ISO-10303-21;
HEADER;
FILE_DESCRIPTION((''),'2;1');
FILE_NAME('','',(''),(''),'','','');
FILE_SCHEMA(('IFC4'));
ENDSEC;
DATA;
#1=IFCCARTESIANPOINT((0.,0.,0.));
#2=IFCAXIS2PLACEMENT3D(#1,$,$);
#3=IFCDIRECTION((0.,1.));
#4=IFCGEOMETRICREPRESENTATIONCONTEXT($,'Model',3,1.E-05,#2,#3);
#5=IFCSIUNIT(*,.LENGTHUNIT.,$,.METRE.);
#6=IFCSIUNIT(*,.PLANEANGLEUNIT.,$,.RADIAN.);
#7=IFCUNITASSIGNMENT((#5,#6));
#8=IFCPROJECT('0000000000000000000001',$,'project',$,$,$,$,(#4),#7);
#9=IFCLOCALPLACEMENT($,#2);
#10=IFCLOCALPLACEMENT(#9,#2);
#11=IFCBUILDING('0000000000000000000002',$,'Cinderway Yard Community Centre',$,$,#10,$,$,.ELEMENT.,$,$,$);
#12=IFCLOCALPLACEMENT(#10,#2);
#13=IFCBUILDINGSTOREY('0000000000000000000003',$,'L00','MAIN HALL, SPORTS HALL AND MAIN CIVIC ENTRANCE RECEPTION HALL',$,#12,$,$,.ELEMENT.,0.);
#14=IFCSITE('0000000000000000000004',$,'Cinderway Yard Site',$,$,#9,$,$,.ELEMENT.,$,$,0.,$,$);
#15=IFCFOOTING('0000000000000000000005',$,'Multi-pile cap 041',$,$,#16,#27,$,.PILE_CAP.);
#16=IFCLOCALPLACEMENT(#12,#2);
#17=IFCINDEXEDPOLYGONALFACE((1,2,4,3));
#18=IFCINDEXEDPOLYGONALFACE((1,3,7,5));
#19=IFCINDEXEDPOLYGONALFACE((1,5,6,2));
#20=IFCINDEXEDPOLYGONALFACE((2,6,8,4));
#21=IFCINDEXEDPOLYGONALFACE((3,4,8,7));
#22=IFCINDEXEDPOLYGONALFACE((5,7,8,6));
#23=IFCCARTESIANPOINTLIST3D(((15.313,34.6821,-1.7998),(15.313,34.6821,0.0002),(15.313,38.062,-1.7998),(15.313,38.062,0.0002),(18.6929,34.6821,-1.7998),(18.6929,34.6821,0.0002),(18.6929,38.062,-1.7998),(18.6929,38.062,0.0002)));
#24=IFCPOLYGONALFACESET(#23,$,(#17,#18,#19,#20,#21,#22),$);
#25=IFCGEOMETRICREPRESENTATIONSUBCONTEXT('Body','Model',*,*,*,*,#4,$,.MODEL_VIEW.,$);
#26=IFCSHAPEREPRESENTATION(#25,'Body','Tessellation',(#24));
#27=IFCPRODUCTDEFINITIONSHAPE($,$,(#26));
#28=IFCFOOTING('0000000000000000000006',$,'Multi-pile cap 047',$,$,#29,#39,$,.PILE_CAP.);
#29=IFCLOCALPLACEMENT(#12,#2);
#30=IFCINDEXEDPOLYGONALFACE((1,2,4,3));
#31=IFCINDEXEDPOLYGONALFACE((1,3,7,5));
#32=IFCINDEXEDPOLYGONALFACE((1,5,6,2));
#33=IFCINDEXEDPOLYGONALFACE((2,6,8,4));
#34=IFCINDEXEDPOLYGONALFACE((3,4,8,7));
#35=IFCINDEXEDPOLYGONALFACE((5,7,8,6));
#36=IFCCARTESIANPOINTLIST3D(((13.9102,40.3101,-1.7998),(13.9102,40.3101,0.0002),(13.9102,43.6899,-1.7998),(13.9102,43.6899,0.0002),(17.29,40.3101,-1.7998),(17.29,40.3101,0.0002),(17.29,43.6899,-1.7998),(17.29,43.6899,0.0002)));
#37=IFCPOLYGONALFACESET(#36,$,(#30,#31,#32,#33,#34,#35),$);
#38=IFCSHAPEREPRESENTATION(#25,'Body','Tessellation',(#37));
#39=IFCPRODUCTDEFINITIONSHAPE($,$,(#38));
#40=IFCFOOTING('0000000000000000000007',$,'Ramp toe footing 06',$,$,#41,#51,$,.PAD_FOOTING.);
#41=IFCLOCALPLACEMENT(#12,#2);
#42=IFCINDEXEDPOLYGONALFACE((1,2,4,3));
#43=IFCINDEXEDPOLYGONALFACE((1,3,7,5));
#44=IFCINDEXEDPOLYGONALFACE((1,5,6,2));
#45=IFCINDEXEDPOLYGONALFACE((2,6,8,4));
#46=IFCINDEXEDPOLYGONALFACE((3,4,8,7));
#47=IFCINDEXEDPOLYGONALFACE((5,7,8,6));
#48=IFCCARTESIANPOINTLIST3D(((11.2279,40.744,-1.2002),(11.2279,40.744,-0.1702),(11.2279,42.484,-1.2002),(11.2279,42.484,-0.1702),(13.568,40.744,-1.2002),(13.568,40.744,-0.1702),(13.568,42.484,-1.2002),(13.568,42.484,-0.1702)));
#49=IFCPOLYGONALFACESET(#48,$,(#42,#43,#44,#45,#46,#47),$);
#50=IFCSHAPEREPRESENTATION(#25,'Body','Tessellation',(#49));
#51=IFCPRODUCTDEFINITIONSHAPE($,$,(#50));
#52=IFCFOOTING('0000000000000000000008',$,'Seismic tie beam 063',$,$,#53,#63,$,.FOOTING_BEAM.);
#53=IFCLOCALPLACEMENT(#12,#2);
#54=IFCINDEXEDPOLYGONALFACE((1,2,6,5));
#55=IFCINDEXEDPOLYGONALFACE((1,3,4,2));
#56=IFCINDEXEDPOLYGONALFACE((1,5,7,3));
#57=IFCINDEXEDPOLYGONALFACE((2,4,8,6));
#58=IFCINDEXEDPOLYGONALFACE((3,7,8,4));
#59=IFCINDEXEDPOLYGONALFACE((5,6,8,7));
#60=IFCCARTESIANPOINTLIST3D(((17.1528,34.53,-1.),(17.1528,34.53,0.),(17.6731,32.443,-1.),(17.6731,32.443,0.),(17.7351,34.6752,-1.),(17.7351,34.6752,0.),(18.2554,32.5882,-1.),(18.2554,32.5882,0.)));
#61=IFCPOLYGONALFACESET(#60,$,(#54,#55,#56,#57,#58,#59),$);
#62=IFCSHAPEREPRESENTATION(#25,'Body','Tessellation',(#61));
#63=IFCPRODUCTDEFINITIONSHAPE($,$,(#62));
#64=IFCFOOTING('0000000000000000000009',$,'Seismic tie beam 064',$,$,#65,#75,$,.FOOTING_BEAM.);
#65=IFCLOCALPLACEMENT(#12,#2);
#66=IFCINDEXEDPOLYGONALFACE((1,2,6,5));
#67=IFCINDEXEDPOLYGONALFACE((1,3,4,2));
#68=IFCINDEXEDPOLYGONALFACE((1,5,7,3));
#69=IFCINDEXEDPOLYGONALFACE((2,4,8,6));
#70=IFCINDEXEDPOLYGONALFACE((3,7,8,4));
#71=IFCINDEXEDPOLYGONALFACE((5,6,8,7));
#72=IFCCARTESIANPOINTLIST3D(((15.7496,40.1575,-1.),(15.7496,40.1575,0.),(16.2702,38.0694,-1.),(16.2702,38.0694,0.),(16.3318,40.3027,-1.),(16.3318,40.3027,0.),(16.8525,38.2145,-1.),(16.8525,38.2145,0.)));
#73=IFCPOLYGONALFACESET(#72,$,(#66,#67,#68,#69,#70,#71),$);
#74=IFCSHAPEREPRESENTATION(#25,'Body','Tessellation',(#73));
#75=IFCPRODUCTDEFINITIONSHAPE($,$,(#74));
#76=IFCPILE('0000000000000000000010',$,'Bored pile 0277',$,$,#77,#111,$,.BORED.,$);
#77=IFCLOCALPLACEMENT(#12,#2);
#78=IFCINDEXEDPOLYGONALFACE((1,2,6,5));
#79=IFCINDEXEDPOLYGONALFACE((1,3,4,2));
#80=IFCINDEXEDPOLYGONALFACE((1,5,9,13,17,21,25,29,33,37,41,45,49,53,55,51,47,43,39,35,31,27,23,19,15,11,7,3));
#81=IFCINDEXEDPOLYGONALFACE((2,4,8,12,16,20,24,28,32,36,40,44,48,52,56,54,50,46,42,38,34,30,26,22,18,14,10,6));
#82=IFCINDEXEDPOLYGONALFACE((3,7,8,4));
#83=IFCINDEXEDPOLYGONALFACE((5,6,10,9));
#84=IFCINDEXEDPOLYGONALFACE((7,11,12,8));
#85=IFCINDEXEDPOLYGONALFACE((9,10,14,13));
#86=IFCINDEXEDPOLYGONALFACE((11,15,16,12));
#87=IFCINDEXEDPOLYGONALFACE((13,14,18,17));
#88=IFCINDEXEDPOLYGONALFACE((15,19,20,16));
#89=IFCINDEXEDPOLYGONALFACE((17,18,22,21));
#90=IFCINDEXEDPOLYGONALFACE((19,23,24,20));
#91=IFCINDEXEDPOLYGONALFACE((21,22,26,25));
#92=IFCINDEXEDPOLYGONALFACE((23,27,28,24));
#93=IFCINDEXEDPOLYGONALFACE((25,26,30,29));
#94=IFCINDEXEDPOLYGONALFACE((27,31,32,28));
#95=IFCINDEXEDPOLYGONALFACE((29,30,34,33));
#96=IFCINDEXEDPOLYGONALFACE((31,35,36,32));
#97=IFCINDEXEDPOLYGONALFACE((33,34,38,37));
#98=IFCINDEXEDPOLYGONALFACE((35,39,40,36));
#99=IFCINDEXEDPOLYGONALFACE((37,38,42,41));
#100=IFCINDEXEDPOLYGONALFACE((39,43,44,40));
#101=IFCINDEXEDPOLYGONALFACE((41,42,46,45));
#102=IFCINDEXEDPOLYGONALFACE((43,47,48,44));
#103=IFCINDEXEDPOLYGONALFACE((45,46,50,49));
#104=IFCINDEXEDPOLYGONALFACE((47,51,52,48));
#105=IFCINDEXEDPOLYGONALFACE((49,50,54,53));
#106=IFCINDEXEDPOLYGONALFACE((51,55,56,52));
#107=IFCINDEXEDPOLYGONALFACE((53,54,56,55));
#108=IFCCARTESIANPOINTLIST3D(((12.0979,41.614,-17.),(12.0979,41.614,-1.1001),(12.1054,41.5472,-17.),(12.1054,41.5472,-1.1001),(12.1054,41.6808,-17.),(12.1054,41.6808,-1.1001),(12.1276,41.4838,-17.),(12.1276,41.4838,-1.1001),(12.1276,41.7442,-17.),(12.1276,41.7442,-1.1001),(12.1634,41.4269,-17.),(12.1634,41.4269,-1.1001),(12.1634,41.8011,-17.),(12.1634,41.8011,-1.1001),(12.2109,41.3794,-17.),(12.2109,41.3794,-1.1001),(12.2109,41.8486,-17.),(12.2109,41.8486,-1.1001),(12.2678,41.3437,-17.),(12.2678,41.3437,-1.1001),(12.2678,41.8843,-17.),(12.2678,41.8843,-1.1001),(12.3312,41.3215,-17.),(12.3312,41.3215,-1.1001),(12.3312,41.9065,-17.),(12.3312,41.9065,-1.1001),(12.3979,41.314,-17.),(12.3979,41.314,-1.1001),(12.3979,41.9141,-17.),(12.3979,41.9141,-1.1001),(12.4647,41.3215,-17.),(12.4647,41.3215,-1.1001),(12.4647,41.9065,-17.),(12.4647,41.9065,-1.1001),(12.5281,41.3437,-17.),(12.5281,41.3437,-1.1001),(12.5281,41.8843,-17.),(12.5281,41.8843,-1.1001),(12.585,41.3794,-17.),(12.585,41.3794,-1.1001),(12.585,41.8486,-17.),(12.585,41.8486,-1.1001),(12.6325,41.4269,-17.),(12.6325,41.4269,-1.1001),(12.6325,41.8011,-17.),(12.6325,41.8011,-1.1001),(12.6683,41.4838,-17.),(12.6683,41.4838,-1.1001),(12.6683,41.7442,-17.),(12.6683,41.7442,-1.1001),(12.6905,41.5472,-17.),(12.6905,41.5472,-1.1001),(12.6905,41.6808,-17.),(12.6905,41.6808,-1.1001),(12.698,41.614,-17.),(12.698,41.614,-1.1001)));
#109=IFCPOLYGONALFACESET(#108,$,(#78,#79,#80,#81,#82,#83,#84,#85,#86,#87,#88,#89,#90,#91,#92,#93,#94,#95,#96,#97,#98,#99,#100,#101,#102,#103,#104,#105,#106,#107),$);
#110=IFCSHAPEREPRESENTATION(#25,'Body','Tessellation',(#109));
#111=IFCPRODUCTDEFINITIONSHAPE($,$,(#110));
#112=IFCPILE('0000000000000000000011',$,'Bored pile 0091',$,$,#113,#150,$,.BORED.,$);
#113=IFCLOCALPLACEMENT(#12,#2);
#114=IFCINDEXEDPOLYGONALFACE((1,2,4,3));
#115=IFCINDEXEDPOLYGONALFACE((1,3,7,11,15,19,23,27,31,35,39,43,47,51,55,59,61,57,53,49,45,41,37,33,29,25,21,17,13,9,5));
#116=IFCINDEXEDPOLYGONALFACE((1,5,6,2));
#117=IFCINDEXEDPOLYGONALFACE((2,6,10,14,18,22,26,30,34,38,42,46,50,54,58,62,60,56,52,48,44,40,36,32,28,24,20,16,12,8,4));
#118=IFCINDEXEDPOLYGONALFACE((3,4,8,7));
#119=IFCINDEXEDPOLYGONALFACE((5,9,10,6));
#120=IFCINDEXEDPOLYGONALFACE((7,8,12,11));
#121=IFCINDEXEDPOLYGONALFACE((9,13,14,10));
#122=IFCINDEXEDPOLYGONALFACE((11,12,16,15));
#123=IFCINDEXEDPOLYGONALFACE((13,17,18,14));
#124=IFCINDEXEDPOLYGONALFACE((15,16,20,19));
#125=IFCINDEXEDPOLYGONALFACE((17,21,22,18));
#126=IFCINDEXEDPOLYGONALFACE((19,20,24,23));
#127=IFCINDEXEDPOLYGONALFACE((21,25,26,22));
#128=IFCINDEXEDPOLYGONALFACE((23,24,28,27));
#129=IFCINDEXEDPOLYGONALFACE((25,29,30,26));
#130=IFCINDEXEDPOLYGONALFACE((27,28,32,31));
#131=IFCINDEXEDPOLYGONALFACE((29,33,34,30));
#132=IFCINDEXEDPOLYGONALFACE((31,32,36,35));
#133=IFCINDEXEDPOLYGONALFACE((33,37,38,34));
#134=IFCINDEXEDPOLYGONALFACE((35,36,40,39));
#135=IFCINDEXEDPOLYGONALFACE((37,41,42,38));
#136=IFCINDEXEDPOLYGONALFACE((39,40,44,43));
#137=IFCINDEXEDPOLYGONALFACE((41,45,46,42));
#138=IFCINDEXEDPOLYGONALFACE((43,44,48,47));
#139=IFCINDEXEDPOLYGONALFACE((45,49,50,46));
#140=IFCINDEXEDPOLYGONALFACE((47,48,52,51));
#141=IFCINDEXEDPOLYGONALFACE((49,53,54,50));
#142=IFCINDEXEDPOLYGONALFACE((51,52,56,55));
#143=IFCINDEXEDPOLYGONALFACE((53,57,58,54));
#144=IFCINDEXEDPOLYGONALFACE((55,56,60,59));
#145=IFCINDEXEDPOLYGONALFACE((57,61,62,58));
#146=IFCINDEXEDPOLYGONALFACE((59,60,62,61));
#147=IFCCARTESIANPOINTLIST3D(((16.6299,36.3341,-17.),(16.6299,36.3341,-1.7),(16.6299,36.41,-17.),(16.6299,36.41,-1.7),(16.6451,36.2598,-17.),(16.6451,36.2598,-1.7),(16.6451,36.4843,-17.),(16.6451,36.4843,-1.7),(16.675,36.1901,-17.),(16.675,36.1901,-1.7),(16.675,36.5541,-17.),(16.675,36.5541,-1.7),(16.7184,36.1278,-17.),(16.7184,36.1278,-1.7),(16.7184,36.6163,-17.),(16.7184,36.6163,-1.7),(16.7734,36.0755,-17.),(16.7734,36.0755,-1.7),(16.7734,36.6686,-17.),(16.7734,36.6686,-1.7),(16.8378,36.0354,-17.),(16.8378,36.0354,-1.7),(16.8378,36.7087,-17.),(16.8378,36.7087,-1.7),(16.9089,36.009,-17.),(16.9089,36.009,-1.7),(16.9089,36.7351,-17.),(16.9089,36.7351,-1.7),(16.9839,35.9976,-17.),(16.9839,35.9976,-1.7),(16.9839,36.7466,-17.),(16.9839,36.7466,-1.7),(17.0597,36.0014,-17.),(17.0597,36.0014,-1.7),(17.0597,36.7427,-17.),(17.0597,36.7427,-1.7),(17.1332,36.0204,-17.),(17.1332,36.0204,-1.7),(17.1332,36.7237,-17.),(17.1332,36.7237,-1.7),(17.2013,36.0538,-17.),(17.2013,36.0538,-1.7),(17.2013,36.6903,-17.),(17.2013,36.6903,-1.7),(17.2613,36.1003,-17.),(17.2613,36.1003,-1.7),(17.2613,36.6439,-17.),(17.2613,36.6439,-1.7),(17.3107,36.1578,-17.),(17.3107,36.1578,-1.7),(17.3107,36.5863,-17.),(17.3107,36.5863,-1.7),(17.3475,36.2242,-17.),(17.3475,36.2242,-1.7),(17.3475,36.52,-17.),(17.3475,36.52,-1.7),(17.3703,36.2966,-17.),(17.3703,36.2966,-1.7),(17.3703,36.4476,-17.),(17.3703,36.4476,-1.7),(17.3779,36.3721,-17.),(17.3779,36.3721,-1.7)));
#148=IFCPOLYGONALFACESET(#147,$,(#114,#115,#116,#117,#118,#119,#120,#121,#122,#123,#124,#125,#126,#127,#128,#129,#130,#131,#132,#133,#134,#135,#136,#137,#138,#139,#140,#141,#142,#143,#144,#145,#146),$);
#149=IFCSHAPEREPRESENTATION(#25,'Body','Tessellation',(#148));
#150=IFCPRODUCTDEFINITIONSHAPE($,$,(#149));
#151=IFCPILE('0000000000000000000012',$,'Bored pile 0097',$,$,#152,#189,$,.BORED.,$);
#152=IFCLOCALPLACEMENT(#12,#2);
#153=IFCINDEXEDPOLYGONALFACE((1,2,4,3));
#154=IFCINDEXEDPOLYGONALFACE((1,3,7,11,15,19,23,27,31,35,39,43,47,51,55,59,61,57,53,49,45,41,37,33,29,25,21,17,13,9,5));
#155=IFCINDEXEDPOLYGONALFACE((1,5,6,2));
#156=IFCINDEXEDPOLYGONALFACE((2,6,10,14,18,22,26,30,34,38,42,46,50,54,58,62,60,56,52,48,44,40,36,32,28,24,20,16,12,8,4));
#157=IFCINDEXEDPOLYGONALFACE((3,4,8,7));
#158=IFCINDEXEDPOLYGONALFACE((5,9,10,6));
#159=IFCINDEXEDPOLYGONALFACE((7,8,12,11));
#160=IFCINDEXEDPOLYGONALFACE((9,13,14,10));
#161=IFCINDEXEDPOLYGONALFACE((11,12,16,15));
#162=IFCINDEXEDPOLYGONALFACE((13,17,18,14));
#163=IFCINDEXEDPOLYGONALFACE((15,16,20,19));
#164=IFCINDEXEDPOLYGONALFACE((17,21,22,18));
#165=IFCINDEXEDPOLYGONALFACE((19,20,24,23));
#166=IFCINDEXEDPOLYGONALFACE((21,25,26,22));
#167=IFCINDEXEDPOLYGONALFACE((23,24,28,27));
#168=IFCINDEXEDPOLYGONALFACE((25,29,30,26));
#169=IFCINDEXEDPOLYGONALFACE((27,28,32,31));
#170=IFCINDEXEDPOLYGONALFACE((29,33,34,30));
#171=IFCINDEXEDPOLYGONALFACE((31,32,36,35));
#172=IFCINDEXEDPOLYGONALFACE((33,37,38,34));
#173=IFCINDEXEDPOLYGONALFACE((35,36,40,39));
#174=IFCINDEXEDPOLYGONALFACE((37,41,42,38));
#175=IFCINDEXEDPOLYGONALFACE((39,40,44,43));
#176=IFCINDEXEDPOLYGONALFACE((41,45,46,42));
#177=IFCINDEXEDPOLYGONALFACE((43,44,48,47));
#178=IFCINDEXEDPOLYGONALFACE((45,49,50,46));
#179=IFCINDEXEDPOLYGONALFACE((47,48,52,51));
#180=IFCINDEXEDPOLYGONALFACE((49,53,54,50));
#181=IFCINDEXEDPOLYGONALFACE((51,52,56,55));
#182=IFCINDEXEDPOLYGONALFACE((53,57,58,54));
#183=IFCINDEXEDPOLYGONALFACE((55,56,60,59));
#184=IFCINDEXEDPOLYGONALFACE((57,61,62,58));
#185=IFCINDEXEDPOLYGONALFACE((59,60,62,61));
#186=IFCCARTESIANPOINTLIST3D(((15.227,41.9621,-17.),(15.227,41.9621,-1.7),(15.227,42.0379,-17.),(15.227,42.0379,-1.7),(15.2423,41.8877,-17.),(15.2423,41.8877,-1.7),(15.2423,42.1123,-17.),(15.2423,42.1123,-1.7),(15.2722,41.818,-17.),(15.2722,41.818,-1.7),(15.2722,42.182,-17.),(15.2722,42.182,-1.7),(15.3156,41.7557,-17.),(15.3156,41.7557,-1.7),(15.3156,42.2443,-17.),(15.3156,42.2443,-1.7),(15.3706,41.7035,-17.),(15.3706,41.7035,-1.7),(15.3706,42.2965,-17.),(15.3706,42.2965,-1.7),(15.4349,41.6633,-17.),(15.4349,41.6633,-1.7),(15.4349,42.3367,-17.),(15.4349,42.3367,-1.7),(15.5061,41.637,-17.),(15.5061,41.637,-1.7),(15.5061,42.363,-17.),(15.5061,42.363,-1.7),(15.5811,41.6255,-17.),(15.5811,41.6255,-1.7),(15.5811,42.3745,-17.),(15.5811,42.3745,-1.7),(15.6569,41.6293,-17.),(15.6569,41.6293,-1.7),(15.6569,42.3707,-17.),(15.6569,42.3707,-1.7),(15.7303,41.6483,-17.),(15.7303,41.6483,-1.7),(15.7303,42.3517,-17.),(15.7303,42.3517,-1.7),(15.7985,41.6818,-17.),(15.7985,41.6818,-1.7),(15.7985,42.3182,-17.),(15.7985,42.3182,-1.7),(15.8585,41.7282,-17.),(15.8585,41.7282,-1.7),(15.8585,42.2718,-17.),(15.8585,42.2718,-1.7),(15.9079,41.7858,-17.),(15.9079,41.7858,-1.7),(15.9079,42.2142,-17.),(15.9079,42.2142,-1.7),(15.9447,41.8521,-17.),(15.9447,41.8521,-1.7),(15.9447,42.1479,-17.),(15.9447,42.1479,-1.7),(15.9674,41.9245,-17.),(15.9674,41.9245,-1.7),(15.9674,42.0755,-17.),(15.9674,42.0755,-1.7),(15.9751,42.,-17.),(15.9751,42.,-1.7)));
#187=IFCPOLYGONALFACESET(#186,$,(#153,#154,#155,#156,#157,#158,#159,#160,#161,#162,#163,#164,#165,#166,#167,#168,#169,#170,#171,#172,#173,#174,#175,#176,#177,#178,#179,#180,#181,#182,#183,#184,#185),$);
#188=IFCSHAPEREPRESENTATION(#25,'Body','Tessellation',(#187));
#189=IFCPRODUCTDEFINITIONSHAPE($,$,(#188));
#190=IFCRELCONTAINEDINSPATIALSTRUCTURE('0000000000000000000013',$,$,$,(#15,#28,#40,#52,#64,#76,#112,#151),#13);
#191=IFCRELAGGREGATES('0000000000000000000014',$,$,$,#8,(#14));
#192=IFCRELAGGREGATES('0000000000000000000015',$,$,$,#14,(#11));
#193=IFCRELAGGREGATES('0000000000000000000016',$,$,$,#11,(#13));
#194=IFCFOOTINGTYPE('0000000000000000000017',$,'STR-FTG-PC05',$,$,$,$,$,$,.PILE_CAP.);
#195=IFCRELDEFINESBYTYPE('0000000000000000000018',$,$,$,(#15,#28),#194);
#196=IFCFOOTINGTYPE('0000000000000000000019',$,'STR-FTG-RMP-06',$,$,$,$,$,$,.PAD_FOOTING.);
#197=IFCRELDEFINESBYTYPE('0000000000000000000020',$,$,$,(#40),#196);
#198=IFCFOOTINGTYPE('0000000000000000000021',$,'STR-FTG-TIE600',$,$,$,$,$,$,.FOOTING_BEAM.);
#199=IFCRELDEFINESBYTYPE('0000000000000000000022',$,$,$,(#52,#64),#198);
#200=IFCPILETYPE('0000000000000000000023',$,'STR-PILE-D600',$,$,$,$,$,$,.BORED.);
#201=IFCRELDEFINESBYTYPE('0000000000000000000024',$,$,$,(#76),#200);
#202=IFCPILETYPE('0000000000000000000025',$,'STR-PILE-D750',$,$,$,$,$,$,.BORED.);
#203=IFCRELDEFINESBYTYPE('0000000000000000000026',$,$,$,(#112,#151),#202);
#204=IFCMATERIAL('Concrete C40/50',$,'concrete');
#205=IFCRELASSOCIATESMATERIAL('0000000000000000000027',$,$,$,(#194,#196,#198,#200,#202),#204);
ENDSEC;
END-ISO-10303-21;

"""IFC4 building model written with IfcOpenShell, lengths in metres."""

from ifc_helpers import new_model, si_unit, direction, frame, origin, origin_2d, place, context, subcontext, project, spatial, rectangle, circle, extrude, material, material_profile, profile_set, type_object, element, save


model = new_model("IFC4")

# Units and contexts
model_context = context("Model", 3, precision=1e-05, world=origin(), true_north=direction((0.0, 1.0)))
body_context = subcontext(model_context, "Body", "Model", "MODEL_VIEW")
ifc_project = project(units=[si_unit("LENGTHUNIT", "METRE"), si_unit("PLANEANGLEUNIT", "RADIAN")], contexts=[model_context])

# Site, building, storey
site_placement = place(None, origin())
site = spatial("IfcSite", under=ifc_project, at=site_placement, Name="Cinderway Yard Site", CompositionType="ELEMENT", RefElevation=0.0)
building_placement = place(site_placement, origin())
building = spatial("IfcBuilding", under=site, at=building_placement, Name="Cinderway Yard Community Centre", CompositionType="ELEMENT")
storey_placement = place(building_placement, origin())
storey = spatial("IfcBuildingStorey", under=building, at=storey_placement, Name="L00", Description="MAIN HALL, SPORTS HALL AND MAIN CIVIC ENTRANCE RECEPTION HALL", CompositionType="ELEMENT", Elevation=0.0)

# Footings
ifc_material_1 = material(Name="Concrete C40/50", Category="concrete")
footing_type_1 = type_object("IfcFootingType", Name="STR-FTG-PC05", PredefinedType="PILE_CAP", material=ifc_material_1)
for number, where, z_axis, x_axis, name in (
    (1, (17.0029, 36.3721, -1.7998), (0.0, 0.0, 1.0), (1.0, 0.0, 0.0), "Multi-pile cap 041"),
    (2, (15.6001, 42.0, -1.7998), (0.0, 0.0, 1.0), (1.0, 0.0, 0.0), "Multi-pile cap 047"),
):
    element("IfcFooting", number, at=place(storey_placement, frame(where, z_axis=z_axis, x_axis=x_axis)), inside=storey, type_object=footing_type_1, Name=name, PredefinedType="PILE_CAP", context=body_context, shape_type="SweptSolid", body=[
        extrude(rectangle(XDim=3.3799, YDim=3.3799, at=origin_2d()), origin(), (0.0, 0.0, 1.0), 1.8),
    ])
footing_type_2 = type_object("IfcFootingType", Name="STR-FTG-RMP-06", PredefinedType="PAD_FOOTING", material=ifc_material_1)
footing_1_placement = place(storey_placement, frame((12.3979, 41.614, -1.2002), z_axis=(0.0, 0.0, 1.0), x_axis=(1.0, 0.0, 0.0)))
element("IfcFooting", 3, at=footing_1_placement, inside=storey, type_object=footing_type_2, Name="Ramp toe footing 06", PredefinedType="PAD_FOOTING", context=body_context, shape_type="SweptSolid", body=[
    extrude(rectangle(XDim=2.3401, YDim=1.74, at=origin_2d()), origin(), (0.0, 0.0, 1.0), 1.03),
])
footing_type_3 = type_object("IfcFootingType", Name="STR-FTG-TIE600", PredefinedType="FOOTING_BEAM", material=ifc_material_1)
footing_2_placement = place(storey_placement, frame((17.7041, 33.5591, -1.0), z_axis=(0.0, 0.0, 1.0), x_axis=(-0.241922, 0.970296, 0.0)))
element("IfcFooting", 4, at=footing_2_placement, inside=storey, type_object=footing_type_3, Name="Seismic tie beam 063", PredefinedType="FOOTING_BEAM", context=body_context, shape_type="SweptSolid", body=[
    extrude(rectangle(XDim=2.1509, YDim=0.6001, at=origin_2d()), origin(), (0.0, 0.0, 1.0), 1.0),
])
footing_3_placement = place(storey_placement, frame((16.301, 39.186, -1.0), z_axis=(0.0, 0.0, 1.0), x_axis=(-0.241922, 0.970296, 0.0)))
element("IfcFooting", 5, at=footing_3_placement, inside=storey, type_object=footing_type_3, Name="Seismic tie beam 064", PredefinedType="FOOTING_BEAM", context=body_context, shape_type="SweptSolid", body=[
    extrude(rectangle(XDim=2.1521, YDim=0.6001, at=origin_2d()), origin(), (0.0, 0.0, 1.0), 1.0),
])

# Piles
ifc_material_profile_1 = material_profile(ifc_material_1, circle(Radius=0.3, at=origin_2d()), Name="Concrete C40/50")
ifc_profile_set_1 = profile_set([ifc_material_profile_1], Name="Concrete C40/50")
pile_type_1 = type_object("IfcPileType", Name="STR-PILE-D600", PredefinedType="BORED", material=ifc_profile_set_1)
pile_placement = place(storey_placement, frame((12.3979, 41.614, -1.1001), z_axis=(0.0, 0.0, -1.0), x_axis=(1.0, 0.0, 0.0)))
element("IfcPile", 6, at=pile_placement, inside=storey, type_object=pile_type_1, Name="Bored pile 0277", PredefinedType="BORED", context=body_context, shape_type="SweptSolid", body=[
    extrude(circle(Radius=0.3, at=origin_2d()), origin(), (0.0, 0.0, 1.0), 15.8999),
])
ifc_material_profile_2 = material_profile(ifc_material_1, circle(Radius=0.375, at=origin_2d()), Name="Concrete C40/50")
ifc_profile_set_2 = profile_set([ifc_material_profile_2], Name="Concrete C40/50")
pile_type_2 = type_object("IfcPileType", Name="STR-PILE-D750", PredefinedType="BORED", material=ifc_profile_set_2)
for number, where, z_axis, x_axis, name in (
    (7, (17.0029, 36.3721, -1.7), (0.0, 0.0, -1.0), (1.0, 0.0, 0.0), "Bored pile 0091"),
    (8, (15.6001, 42.0, -1.7), (0.0, 0.0, -1.0), (1.0, 0.0, 0.0), "Bored pile 0097"),
):
    element("IfcPile", number, at=place(storey_placement, frame(where, z_axis=z_axis, x_axis=x_axis)), inside=storey, type_object=pile_type_2, Name=name, PredefinedType="BORED", context=body_context, shape_type="SweptSolid", body=[
        extrude(circle(Radius=0.375, at=origin_2d()), origin(), (0.0, 0.0, 1.0), 15.3),
    ])

save(model, "model.ifc")
